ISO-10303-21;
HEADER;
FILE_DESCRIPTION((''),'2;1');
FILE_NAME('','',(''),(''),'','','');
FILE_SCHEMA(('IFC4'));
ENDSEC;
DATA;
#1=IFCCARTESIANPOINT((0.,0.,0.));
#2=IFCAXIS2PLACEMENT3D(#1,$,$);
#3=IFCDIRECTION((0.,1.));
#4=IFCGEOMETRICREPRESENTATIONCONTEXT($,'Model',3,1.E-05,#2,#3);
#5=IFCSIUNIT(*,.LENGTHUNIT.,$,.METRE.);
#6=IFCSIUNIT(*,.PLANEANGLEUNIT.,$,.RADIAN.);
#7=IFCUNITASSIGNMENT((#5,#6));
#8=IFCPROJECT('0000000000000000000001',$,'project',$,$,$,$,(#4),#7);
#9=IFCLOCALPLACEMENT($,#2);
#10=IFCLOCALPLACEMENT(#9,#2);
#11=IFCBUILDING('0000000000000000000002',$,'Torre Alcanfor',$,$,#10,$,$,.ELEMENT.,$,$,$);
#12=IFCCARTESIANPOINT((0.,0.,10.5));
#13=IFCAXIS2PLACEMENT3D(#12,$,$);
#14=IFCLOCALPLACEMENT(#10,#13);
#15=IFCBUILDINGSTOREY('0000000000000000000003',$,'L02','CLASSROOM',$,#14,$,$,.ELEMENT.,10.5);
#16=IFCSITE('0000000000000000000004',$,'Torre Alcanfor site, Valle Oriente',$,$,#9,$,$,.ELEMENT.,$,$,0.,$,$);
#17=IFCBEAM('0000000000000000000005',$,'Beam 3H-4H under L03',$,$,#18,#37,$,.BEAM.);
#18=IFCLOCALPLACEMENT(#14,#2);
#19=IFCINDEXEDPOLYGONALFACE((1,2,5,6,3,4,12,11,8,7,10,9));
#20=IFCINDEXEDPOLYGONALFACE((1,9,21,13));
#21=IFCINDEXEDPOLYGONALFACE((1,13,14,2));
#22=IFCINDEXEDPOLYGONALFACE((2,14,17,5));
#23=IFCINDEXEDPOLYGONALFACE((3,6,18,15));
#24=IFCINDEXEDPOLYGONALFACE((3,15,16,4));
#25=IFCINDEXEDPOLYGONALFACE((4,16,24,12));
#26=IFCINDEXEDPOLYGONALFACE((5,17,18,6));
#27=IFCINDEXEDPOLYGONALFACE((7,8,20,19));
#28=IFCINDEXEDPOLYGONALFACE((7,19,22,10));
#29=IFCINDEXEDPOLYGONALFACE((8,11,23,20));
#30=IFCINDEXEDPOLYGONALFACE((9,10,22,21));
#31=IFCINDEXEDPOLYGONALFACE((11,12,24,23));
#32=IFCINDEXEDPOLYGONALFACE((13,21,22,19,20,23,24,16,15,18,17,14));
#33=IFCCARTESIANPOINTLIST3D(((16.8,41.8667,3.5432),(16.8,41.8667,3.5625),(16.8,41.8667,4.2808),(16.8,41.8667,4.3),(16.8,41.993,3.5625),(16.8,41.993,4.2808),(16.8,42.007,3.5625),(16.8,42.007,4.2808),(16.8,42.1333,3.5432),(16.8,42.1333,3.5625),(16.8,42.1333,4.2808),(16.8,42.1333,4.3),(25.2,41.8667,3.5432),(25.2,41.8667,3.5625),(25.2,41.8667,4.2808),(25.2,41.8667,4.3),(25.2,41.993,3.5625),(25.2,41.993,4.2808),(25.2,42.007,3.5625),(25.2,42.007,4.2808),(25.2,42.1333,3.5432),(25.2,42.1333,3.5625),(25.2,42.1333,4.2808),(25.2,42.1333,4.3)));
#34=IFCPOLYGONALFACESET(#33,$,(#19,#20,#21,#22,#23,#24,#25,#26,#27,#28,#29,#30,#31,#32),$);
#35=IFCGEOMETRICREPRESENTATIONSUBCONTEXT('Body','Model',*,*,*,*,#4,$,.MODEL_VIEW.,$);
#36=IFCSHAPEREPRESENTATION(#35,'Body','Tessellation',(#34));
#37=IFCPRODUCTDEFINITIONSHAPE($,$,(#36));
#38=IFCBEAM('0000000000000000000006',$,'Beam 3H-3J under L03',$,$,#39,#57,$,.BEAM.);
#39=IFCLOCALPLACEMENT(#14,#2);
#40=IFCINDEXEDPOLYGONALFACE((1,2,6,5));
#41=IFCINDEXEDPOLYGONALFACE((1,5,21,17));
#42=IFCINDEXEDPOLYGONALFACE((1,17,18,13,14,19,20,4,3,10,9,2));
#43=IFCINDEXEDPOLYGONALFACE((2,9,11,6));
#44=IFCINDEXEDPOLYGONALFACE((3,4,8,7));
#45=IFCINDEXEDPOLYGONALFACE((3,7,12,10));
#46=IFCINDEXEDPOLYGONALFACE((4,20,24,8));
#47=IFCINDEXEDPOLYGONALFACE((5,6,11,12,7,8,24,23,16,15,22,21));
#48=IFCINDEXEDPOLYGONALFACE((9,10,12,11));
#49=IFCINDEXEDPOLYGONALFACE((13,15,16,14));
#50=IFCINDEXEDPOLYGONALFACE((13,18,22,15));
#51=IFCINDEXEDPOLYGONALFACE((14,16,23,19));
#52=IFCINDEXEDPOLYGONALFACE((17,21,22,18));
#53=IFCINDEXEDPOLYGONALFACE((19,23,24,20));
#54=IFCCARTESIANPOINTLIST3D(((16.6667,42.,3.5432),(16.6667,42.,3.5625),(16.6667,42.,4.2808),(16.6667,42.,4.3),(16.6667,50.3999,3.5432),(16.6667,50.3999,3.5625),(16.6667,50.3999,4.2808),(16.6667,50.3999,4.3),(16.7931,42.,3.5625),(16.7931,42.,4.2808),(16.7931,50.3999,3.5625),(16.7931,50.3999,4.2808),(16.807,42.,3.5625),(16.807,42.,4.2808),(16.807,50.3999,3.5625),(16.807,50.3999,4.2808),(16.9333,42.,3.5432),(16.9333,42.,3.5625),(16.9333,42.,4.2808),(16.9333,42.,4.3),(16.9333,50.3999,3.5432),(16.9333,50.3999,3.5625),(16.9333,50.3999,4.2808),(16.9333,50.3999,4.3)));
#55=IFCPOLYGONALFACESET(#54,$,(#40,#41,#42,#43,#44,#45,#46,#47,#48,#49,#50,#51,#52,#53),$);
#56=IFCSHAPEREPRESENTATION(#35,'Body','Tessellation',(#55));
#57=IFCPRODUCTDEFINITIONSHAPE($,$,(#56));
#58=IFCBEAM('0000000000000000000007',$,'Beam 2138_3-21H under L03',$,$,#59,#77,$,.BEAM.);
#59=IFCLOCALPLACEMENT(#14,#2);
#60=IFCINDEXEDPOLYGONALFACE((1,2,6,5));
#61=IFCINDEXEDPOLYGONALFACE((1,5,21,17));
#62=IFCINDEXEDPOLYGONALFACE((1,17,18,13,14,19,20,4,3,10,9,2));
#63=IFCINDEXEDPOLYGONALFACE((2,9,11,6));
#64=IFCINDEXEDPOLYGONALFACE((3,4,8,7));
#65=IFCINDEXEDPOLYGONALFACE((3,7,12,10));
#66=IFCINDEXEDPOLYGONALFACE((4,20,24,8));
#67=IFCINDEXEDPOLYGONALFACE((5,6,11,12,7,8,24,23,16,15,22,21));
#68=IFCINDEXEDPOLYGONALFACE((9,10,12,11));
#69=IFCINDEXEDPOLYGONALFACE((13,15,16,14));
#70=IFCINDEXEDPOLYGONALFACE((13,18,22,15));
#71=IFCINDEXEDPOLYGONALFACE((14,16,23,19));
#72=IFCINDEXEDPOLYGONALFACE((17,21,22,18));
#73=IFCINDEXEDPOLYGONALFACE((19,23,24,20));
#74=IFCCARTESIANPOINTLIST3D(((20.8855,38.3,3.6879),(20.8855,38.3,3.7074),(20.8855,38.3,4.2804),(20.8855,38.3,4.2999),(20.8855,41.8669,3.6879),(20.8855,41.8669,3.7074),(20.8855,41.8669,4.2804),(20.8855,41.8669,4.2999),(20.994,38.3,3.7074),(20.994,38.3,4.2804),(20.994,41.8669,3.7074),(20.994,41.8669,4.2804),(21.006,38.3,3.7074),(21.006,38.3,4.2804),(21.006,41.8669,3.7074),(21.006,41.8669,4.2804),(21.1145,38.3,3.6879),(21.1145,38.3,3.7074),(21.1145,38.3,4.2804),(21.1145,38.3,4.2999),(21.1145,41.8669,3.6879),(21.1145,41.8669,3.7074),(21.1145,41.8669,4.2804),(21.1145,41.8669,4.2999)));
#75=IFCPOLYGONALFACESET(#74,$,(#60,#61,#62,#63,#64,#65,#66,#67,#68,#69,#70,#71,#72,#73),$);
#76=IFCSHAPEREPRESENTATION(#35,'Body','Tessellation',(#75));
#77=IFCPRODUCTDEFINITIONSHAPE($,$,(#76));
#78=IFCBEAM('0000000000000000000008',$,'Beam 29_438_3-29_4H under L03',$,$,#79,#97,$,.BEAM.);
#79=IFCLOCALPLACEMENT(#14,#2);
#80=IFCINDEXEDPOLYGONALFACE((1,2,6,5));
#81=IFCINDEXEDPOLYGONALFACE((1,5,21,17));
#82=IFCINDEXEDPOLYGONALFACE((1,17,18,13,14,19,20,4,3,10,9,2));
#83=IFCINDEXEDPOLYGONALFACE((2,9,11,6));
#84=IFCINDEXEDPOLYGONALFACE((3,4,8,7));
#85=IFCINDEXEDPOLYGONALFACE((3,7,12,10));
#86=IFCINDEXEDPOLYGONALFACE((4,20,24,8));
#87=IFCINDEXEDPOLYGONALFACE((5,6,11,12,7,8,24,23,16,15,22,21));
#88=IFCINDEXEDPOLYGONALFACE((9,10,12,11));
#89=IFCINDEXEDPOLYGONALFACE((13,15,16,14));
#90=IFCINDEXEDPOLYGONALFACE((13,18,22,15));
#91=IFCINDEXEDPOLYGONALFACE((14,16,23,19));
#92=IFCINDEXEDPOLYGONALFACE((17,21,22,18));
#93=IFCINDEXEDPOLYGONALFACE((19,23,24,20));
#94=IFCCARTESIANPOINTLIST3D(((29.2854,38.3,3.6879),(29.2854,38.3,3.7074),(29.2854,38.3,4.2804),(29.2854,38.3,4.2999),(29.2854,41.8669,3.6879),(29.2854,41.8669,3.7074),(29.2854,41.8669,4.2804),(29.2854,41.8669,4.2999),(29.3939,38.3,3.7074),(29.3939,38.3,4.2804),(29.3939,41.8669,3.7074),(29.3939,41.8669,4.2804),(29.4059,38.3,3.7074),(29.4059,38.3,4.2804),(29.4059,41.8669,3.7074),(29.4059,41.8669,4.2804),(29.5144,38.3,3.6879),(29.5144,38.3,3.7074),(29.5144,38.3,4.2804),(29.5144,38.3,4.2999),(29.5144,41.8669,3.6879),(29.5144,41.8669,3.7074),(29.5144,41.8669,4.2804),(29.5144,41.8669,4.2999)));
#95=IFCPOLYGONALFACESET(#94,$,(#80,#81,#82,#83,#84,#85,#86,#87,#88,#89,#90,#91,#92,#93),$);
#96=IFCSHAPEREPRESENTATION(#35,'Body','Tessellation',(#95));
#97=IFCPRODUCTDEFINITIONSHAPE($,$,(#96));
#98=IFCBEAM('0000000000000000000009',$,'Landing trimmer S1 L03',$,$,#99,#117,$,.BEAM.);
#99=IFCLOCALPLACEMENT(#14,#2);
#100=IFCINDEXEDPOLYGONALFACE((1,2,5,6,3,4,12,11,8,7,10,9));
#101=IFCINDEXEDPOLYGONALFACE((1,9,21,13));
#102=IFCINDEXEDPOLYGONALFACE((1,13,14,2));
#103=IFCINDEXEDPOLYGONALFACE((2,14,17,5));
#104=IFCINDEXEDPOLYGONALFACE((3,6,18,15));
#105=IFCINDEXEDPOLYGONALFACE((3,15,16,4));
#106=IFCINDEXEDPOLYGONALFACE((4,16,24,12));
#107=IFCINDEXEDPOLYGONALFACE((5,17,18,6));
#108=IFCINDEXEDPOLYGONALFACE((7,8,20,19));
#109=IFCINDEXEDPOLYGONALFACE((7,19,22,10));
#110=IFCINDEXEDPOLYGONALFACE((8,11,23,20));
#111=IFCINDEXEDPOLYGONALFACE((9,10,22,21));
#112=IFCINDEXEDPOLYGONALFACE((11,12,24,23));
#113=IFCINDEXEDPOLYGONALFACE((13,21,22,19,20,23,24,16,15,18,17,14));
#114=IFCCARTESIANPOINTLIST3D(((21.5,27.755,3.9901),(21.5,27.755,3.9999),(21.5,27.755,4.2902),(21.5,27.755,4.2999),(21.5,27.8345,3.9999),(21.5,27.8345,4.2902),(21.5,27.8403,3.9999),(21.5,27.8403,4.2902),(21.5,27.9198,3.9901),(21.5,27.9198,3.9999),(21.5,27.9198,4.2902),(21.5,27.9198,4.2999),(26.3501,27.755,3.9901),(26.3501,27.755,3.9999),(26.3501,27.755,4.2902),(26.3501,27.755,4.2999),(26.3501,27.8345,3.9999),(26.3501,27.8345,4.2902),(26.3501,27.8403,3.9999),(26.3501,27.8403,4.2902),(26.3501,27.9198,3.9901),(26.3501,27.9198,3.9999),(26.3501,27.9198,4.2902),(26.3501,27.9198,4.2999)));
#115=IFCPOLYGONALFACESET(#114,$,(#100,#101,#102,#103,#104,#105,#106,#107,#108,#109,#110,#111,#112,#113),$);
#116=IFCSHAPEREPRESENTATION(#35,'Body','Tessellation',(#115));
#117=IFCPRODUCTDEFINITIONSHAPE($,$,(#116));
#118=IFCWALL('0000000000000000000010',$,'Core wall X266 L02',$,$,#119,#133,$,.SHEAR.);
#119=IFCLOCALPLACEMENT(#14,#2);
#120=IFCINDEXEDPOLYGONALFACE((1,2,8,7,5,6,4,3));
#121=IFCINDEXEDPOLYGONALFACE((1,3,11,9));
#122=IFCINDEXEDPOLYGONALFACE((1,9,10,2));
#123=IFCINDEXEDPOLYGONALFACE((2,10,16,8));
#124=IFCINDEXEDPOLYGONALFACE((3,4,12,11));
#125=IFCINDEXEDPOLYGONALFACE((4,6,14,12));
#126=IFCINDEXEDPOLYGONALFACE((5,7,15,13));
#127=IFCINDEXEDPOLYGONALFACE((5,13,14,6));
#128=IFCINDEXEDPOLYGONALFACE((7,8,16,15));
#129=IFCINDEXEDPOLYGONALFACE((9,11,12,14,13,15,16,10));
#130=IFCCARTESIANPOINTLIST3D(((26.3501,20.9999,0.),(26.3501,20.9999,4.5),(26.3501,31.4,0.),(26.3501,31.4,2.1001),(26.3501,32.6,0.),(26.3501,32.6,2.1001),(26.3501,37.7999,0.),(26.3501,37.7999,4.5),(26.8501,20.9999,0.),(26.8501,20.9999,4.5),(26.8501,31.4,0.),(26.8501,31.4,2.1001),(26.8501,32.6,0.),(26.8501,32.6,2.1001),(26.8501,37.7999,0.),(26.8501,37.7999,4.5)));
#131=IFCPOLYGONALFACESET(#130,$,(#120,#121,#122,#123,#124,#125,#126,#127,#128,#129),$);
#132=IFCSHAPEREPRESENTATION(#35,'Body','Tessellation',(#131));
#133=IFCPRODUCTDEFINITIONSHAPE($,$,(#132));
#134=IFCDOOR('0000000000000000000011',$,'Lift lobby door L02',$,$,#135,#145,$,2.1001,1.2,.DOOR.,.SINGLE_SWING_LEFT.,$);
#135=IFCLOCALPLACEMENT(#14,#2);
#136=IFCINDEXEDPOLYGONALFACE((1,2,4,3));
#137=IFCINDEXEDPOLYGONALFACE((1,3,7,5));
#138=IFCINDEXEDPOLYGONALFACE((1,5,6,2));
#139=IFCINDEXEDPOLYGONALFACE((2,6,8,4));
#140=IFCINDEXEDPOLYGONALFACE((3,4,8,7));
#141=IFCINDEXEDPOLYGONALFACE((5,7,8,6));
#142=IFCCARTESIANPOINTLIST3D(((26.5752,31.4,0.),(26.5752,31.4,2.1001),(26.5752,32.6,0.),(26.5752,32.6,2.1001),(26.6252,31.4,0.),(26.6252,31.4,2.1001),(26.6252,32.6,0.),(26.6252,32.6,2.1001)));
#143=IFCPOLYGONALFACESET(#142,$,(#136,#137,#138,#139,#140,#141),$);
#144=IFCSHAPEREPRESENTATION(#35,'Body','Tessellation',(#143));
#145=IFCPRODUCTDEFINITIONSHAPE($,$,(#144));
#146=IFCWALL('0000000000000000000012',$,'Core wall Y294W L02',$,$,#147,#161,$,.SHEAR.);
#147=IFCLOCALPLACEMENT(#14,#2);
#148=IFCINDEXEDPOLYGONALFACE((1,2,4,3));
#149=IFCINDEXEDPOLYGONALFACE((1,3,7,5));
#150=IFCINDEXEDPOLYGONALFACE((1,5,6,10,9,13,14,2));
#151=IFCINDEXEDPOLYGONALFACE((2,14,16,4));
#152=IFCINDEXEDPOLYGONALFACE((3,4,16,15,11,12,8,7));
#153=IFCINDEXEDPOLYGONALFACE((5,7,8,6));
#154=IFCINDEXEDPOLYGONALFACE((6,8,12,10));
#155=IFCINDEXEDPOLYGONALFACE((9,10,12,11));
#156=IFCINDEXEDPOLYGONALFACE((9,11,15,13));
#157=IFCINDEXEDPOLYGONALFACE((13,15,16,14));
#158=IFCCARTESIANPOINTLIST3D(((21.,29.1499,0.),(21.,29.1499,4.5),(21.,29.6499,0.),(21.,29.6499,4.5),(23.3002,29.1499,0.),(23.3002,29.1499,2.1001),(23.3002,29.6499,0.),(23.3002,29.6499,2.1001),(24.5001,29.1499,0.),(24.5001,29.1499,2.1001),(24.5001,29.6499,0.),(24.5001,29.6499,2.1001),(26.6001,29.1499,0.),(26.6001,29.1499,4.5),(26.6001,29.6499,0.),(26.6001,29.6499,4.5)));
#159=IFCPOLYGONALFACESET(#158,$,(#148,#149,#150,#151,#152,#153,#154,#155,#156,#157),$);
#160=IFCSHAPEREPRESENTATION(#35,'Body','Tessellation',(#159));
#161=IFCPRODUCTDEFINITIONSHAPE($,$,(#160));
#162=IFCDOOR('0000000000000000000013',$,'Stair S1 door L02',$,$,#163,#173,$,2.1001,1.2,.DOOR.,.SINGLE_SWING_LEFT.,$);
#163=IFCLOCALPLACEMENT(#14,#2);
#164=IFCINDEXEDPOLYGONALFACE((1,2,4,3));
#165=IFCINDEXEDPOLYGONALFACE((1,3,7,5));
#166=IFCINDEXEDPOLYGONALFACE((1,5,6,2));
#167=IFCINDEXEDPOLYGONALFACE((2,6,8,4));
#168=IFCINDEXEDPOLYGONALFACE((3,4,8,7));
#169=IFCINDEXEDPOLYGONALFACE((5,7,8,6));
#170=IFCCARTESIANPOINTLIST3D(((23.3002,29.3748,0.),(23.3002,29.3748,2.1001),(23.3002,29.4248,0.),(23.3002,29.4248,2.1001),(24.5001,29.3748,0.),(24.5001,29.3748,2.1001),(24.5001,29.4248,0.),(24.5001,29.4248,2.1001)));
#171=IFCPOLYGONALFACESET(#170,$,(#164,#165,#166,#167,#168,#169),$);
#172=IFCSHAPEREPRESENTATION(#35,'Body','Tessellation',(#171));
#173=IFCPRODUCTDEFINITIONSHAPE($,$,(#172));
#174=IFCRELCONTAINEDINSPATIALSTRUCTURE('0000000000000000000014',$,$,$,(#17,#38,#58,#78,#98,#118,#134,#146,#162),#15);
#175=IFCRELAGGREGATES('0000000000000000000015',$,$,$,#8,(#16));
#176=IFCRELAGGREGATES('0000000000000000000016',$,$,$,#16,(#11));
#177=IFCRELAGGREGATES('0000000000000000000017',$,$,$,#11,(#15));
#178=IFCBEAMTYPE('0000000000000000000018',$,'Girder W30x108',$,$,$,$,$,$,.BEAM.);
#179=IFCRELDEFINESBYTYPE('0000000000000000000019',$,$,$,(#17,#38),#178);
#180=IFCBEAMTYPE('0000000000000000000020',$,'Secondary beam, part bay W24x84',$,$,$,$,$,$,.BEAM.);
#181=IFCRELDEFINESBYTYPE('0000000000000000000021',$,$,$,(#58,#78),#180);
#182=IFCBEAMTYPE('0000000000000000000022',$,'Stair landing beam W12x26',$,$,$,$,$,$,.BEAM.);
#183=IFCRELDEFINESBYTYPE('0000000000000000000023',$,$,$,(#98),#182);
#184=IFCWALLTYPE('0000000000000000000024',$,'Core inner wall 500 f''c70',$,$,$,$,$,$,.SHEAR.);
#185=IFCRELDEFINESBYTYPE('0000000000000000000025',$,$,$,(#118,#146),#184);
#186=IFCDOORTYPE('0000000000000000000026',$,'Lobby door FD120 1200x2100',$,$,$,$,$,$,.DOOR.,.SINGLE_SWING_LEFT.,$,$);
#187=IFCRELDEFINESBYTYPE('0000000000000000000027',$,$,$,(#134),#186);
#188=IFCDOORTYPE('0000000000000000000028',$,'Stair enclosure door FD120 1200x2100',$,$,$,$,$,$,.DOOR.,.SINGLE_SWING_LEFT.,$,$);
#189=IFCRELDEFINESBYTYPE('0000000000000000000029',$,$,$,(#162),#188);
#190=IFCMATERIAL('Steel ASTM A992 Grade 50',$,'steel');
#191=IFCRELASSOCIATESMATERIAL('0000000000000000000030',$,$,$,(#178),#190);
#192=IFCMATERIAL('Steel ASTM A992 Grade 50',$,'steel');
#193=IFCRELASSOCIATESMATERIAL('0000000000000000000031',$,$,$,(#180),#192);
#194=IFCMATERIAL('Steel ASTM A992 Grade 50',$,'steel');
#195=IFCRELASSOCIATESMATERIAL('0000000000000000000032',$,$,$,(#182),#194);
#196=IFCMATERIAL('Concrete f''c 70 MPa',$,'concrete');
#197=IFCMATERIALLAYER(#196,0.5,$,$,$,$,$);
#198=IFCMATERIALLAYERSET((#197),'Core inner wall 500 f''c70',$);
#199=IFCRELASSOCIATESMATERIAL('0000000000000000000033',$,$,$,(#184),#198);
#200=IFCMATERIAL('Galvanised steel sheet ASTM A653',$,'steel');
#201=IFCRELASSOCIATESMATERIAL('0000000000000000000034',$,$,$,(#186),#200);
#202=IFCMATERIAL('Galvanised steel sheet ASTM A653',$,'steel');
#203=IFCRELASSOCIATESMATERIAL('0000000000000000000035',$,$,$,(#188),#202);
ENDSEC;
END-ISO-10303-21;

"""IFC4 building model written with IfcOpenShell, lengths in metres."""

from ifc_helpers import new_model, si_unit, direction, frame, frame_2d, origin, origin_2d, place, context, subcontext, project, spatial, rectangle, i_section, extrude, material, layer, layer_set, material_profile, profile_set, type_object, element, fill, save


model = new_model("IFC4")

# Units and contexts
model_context = context("Model", 3, precision=1e-05, world=origin(), true_north=direction((0.0, 1.0)))
body_context = subcontext(model_context, "Body", "Model", "MODEL_VIEW")
ifc_project = project(units=[si_unit("LENGTHUNIT", "METRE"), si_unit("PLANEANGLEUNIT", "RADIAN")], contexts=[model_context])

# Site, building, storey
site_placement = place(None, origin())
site = spatial("IfcSite", under=ifc_project, at=site_placement, Name="Torre Alcanfor site, Valle Oriente", CompositionType="ELEMENT", RefElevation=0.0)
building_placement = place(site_placement, origin())
building = spatial("IfcBuilding", under=site, at=building_placement, Name="Torre Alcanfor", CompositionType="ELEMENT")
storey_placement = place(building_placement, frame((0.0, 0.0, 10.5)))
storey = spatial("IfcBuildingStorey", under=building, at=storey_placement, Name="L02", Description="CLASSROOM", CompositionType="ELEMENT", Elevation=10.5)

# Beams
ifc_material_1 = material(Name="Steel ASTM A992 Grade 50", Category="steel")
ifc_material_profile_1 = material_profile(ifc_material_1, i_section(OverallWidth=0.2666, OverallDepth=0.7568, WebThickness=0.0139, FlangeThickness=0.0193, at=origin_2d()), Name="W30x108")
ifc_profile_set_1 = profile_set([ifc_material_profile_1], Name="Steel ASTM A992 Grade 50")
beam_type_1 = type_object("IfcBeamType", Name="Girder W30x108", PredefinedType="BEAM", material=ifc_profile_set_1)
for number, where, z_axis, x_axis, name in (
    (1, (16.8, 42.0, 3.9216), (1.0, 0.0, 0.0), (0.0, 1.0, 0.0), "Beam 3H-4H under L03"),
    (2, (16.8, 42.0, 3.9216), (0.0, 1.0, 0.0), (-1.0, 0.0, 0.0), "Beam 3H-3J under L03"),
):
    element("IfcBeam", number, at=place(storey_placement, frame(where, z_axis=z_axis, x_axis=x_axis)), inside=storey, type_object=beam_type_1, Name=name, PredefinedType="BEAM", context=body_context, shape_type="SweptSolid", body=[
        extrude(i_section(OverallWidth=0.2666, OverallDepth=0.7568, WebThickness=0.0139, FlangeThickness=0.0193, at=origin_2d()), origin(), (0.0, 0.0, 1.0), 8.3999),
    ])
ifc_material_2 = material(Name="Steel ASTM A992 Grade 50", Category="steel")
ifc_material_profile_2 = material_profile(ifc_material_2, i_section(OverallWidth=0.229, OverallDepth=0.6121, WebThickness=0.012, FlangeThickness=0.0195, at=origin_2d()), Name="W24x84")
ifc_profile_set_2 = profile_set([ifc_material_profile_2], Name="Steel ASTM A992 Grade 50")
beam_type_2 = type_object("IfcBeamType", Name="Secondary beam, part bay W24x84", PredefinedType="BEAM", material=ifc_profile_set_2)
for number, where, z_axis, x_axis, name in (
    (3, (21.0, 38.3, 3.9939), (0.0, 1.0, 0.0), (-1.0, 0.0, 0.0), "Beam 2138_3-21H under L03"),
    (4, (29.3999, 38.3, 3.9939), (0.0, 1.0, 0.0), (-1.0, 0.0, 0.0), "Beam 29_438_3-29_4H under L03"),
):
    element("IfcBeam", number, at=place(storey_placement, frame(where, z_axis=z_axis, x_axis=x_axis)), inside=storey, type_object=beam_type_2, Name=name, PredefinedType="BEAM", context=body_context, shape_type="SweptSolid", body=[
        extrude(i_section(OverallWidth=0.229, OverallDepth=0.6121, WebThickness=0.012, FlangeThickness=0.0195, at=origin_2d()), origin(), (0.0, 0.0, 1.0), 3.5669),
    ])
ifc_material_3 = material(Name="Steel ASTM A992 Grade 50", Category="steel")
ifc_material_profile_3 = material_profile(ifc_material_3, i_section(OverallWidth=0.1648, OverallDepth=0.3098, WebThickness=0.0059, FlangeThickness=0.0098, at=origin_2d()), Name="W12x26")
ifc_profile_set_3 = profile_set([ifc_material_profile_3], Name="Steel ASTM A992 Grade 50")
beam_type_3 = type_object("IfcBeamType", Name="Stair landing beam W12x26", PredefinedType="BEAM", material=ifc_profile_set_3)
beam_placement = place(storey_placement, frame((21.5, 27.8374, 4.145), z_axis=(1.0, 0.0, 0.0), x_axis=(0.0, 1.0, 0.0)))
element("IfcBeam", 5, at=beam_placement, inside=storey, type_object=beam_type_3, Name="Landing trimmer S1 L03", PredefinedType="BEAM", context=body_context, shape_type="SweptSolid", body=[
    extrude(i_section(OverallWidth=0.1648, OverallDepth=0.3098, WebThickness=0.0059, FlangeThickness=0.0098, at=origin_2d()), origin(), (0.0, 0.0, 1.0), 4.8501),
])

# Walls, openings, doors
ifc_material_4 = material(Name="Concrete f'c 70 MPa", Category="concrete")
ifc_layer_1 = layer(ifc_material_4, 0.5)
ifc_layer_set_1 = layer_set([ifc_layer_1], Name="Core inner wall 500 f'c70")
wall_type_1 = type_object("IfcWallType", Name="Core inner wall 500 f'c70", PredefinedType="SHEAR", material=ifc_layer_set_1)
wall_1_placement = place(storey_placement, frame((26.6001, 21.0, 0.0), z_axis=(0.0, 0.0, 1.0), x_axis=(0.0, 1.0, 0.0)))
wall_1 = element("IfcWall", 6, at=wall_1_placement, inside=storey, type_object=wall_type_1, Name="Core wall X266 L02", PredefinedType="SHEAR", context=body_context, shape_type="SweptSolid", body=[
    extrude(rectangle(XDim=16.8, YDim=0.5, at=frame_2d((8.3999, 0.0))), origin(), (0.0, 0.0, 1.0), 4.5),
])
opening_1_placement = place(wall_1_placement, frame((10.3999, 0.0, 0.0)))
opening_1 = element("IfcOpeningElement", 7, at=opening_1_placement, cuts=wall_1, PredefinedType="OPENING", context=body_context, shape_type="SweptSolid", body=[
    extrude(rectangle(XDim=1.2, YDim=2.1001, at=frame_2d((0.6001, 1.05))), frame((0.0, 0.26, 0.0), z_axis=(0.0, -1.0, 0.0), x_axis=(1.0, 0.0, 0.0)), (0.0, 0.0, 1.0), 0.52),
])
ifc_material_5 = material(Name="Galvanised steel sheet ASTM A653", Category="steel")
door_type_1 = type_object("IfcDoorType", Name="Lobby door FD120 1200x2100", OperationType="SINGLE_SWING_LEFT", PredefinedType="DOOR", material=ifc_material_5)
door_1_placement = place(opening_1_placement, origin())
door_1 = element("IfcDoor", 8, at=door_1_placement, inside=storey, type_object=door_type_1, Name="Lift lobby door L02", OperationType="SINGLE_SWING_LEFT", OverallHeight=2.1001, OverallWidth=1.2, PredefinedType="DOOR", context=body_context, shape_type="SweptSolid", body=[
    extrude(rectangle(XDim=1.2, YDim=2.1001, at=frame_2d((0.6001, 1.05))), frame((0.0, 0.0249, 0.0), z_axis=(0.0, -1.0, 0.0), x_axis=(1.0, 0.0, 0.0)), (0.0, 0.0, 1.0), 0.05),
])
fill(opening_1, door_1)
wall_2_placement = place(storey_placement, frame((21.0, 29.3999, 0.0), z_axis=(0.0, 0.0, 1.0), x_axis=(1.0, 0.0, 0.0)))
wall_2 = element("IfcWall", 9, at=wall_2_placement, inside=storey, type_object=wall_type_1, Name="Core wall Y294W L02", PredefinedType="SHEAR", context=body_context, shape_type="SweptSolid", body=[
    extrude(rectangle(XDim=5.6001, YDim=0.5, at=frame_2d((2.8, 0.0))), origin(), (0.0, 0.0, 1.0), 4.5),
])
opening_2_placement = place(wall_2_placement, frame((2.3, 0.0, 0.0)))
opening_2 = element("IfcOpeningElement", 10, at=opening_2_placement, cuts=wall_2, PredefinedType="OPENING", context=body_context, shape_type="SweptSolid", body=[
    extrude(rectangle(XDim=1.2, YDim=2.1001, at=frame_2d((0.6001, 1.05))), frame((0.0, 0.26, 0.0), z_axis=(0.0, -1.0, 0.0), x_axis=(1.0, 0.0, 0.0)), (0.0, 0.0, 1.0), 0.52),
])
ifc_material_6 = material(Name="Galvanised steel sheet ASTM A653", Category="steel")
door_type_2 = type_object("IfcDoorType", Name="Stair enclosure door FD120 1200x2100", OperationType="SINGLE_SWING_LEFT", PredefinedType="DOOR", material=ifc_material_6)
door_2_placement = place(opening_2_placement, frame((1.2, 0.0, 0.0), z_axis=(0.0, 0.0, 1.0), x_axis=(-1.0, 0.0, 0.0)))
door_2 = element("IfcDoor", 11, at=door_2_placement, inside=storey, type_object=door_type_2, Name="Stair S1 door L02", OperationType="SINGLE_SWING_LEFT", OverallHeight=2.1001, OverallWidth=1.2, PredefinedType="DOOR", context=body_context, shape_type="SweptSolid", body=[
    extrude(rectangle(XDim=1.2, YDim=2.1001, at=frame_2d((0.5999, 1.05))), frame((0.0, 0.0251, 0.0), z_axis=(0.0, -1.0, 0.0), x_axis=(1.0, 0.0, 0.0)), (0.0, 0.0, 1.0), 0.05),
])
fill(opening_2, door_2)

save(model, "model.ifc")
